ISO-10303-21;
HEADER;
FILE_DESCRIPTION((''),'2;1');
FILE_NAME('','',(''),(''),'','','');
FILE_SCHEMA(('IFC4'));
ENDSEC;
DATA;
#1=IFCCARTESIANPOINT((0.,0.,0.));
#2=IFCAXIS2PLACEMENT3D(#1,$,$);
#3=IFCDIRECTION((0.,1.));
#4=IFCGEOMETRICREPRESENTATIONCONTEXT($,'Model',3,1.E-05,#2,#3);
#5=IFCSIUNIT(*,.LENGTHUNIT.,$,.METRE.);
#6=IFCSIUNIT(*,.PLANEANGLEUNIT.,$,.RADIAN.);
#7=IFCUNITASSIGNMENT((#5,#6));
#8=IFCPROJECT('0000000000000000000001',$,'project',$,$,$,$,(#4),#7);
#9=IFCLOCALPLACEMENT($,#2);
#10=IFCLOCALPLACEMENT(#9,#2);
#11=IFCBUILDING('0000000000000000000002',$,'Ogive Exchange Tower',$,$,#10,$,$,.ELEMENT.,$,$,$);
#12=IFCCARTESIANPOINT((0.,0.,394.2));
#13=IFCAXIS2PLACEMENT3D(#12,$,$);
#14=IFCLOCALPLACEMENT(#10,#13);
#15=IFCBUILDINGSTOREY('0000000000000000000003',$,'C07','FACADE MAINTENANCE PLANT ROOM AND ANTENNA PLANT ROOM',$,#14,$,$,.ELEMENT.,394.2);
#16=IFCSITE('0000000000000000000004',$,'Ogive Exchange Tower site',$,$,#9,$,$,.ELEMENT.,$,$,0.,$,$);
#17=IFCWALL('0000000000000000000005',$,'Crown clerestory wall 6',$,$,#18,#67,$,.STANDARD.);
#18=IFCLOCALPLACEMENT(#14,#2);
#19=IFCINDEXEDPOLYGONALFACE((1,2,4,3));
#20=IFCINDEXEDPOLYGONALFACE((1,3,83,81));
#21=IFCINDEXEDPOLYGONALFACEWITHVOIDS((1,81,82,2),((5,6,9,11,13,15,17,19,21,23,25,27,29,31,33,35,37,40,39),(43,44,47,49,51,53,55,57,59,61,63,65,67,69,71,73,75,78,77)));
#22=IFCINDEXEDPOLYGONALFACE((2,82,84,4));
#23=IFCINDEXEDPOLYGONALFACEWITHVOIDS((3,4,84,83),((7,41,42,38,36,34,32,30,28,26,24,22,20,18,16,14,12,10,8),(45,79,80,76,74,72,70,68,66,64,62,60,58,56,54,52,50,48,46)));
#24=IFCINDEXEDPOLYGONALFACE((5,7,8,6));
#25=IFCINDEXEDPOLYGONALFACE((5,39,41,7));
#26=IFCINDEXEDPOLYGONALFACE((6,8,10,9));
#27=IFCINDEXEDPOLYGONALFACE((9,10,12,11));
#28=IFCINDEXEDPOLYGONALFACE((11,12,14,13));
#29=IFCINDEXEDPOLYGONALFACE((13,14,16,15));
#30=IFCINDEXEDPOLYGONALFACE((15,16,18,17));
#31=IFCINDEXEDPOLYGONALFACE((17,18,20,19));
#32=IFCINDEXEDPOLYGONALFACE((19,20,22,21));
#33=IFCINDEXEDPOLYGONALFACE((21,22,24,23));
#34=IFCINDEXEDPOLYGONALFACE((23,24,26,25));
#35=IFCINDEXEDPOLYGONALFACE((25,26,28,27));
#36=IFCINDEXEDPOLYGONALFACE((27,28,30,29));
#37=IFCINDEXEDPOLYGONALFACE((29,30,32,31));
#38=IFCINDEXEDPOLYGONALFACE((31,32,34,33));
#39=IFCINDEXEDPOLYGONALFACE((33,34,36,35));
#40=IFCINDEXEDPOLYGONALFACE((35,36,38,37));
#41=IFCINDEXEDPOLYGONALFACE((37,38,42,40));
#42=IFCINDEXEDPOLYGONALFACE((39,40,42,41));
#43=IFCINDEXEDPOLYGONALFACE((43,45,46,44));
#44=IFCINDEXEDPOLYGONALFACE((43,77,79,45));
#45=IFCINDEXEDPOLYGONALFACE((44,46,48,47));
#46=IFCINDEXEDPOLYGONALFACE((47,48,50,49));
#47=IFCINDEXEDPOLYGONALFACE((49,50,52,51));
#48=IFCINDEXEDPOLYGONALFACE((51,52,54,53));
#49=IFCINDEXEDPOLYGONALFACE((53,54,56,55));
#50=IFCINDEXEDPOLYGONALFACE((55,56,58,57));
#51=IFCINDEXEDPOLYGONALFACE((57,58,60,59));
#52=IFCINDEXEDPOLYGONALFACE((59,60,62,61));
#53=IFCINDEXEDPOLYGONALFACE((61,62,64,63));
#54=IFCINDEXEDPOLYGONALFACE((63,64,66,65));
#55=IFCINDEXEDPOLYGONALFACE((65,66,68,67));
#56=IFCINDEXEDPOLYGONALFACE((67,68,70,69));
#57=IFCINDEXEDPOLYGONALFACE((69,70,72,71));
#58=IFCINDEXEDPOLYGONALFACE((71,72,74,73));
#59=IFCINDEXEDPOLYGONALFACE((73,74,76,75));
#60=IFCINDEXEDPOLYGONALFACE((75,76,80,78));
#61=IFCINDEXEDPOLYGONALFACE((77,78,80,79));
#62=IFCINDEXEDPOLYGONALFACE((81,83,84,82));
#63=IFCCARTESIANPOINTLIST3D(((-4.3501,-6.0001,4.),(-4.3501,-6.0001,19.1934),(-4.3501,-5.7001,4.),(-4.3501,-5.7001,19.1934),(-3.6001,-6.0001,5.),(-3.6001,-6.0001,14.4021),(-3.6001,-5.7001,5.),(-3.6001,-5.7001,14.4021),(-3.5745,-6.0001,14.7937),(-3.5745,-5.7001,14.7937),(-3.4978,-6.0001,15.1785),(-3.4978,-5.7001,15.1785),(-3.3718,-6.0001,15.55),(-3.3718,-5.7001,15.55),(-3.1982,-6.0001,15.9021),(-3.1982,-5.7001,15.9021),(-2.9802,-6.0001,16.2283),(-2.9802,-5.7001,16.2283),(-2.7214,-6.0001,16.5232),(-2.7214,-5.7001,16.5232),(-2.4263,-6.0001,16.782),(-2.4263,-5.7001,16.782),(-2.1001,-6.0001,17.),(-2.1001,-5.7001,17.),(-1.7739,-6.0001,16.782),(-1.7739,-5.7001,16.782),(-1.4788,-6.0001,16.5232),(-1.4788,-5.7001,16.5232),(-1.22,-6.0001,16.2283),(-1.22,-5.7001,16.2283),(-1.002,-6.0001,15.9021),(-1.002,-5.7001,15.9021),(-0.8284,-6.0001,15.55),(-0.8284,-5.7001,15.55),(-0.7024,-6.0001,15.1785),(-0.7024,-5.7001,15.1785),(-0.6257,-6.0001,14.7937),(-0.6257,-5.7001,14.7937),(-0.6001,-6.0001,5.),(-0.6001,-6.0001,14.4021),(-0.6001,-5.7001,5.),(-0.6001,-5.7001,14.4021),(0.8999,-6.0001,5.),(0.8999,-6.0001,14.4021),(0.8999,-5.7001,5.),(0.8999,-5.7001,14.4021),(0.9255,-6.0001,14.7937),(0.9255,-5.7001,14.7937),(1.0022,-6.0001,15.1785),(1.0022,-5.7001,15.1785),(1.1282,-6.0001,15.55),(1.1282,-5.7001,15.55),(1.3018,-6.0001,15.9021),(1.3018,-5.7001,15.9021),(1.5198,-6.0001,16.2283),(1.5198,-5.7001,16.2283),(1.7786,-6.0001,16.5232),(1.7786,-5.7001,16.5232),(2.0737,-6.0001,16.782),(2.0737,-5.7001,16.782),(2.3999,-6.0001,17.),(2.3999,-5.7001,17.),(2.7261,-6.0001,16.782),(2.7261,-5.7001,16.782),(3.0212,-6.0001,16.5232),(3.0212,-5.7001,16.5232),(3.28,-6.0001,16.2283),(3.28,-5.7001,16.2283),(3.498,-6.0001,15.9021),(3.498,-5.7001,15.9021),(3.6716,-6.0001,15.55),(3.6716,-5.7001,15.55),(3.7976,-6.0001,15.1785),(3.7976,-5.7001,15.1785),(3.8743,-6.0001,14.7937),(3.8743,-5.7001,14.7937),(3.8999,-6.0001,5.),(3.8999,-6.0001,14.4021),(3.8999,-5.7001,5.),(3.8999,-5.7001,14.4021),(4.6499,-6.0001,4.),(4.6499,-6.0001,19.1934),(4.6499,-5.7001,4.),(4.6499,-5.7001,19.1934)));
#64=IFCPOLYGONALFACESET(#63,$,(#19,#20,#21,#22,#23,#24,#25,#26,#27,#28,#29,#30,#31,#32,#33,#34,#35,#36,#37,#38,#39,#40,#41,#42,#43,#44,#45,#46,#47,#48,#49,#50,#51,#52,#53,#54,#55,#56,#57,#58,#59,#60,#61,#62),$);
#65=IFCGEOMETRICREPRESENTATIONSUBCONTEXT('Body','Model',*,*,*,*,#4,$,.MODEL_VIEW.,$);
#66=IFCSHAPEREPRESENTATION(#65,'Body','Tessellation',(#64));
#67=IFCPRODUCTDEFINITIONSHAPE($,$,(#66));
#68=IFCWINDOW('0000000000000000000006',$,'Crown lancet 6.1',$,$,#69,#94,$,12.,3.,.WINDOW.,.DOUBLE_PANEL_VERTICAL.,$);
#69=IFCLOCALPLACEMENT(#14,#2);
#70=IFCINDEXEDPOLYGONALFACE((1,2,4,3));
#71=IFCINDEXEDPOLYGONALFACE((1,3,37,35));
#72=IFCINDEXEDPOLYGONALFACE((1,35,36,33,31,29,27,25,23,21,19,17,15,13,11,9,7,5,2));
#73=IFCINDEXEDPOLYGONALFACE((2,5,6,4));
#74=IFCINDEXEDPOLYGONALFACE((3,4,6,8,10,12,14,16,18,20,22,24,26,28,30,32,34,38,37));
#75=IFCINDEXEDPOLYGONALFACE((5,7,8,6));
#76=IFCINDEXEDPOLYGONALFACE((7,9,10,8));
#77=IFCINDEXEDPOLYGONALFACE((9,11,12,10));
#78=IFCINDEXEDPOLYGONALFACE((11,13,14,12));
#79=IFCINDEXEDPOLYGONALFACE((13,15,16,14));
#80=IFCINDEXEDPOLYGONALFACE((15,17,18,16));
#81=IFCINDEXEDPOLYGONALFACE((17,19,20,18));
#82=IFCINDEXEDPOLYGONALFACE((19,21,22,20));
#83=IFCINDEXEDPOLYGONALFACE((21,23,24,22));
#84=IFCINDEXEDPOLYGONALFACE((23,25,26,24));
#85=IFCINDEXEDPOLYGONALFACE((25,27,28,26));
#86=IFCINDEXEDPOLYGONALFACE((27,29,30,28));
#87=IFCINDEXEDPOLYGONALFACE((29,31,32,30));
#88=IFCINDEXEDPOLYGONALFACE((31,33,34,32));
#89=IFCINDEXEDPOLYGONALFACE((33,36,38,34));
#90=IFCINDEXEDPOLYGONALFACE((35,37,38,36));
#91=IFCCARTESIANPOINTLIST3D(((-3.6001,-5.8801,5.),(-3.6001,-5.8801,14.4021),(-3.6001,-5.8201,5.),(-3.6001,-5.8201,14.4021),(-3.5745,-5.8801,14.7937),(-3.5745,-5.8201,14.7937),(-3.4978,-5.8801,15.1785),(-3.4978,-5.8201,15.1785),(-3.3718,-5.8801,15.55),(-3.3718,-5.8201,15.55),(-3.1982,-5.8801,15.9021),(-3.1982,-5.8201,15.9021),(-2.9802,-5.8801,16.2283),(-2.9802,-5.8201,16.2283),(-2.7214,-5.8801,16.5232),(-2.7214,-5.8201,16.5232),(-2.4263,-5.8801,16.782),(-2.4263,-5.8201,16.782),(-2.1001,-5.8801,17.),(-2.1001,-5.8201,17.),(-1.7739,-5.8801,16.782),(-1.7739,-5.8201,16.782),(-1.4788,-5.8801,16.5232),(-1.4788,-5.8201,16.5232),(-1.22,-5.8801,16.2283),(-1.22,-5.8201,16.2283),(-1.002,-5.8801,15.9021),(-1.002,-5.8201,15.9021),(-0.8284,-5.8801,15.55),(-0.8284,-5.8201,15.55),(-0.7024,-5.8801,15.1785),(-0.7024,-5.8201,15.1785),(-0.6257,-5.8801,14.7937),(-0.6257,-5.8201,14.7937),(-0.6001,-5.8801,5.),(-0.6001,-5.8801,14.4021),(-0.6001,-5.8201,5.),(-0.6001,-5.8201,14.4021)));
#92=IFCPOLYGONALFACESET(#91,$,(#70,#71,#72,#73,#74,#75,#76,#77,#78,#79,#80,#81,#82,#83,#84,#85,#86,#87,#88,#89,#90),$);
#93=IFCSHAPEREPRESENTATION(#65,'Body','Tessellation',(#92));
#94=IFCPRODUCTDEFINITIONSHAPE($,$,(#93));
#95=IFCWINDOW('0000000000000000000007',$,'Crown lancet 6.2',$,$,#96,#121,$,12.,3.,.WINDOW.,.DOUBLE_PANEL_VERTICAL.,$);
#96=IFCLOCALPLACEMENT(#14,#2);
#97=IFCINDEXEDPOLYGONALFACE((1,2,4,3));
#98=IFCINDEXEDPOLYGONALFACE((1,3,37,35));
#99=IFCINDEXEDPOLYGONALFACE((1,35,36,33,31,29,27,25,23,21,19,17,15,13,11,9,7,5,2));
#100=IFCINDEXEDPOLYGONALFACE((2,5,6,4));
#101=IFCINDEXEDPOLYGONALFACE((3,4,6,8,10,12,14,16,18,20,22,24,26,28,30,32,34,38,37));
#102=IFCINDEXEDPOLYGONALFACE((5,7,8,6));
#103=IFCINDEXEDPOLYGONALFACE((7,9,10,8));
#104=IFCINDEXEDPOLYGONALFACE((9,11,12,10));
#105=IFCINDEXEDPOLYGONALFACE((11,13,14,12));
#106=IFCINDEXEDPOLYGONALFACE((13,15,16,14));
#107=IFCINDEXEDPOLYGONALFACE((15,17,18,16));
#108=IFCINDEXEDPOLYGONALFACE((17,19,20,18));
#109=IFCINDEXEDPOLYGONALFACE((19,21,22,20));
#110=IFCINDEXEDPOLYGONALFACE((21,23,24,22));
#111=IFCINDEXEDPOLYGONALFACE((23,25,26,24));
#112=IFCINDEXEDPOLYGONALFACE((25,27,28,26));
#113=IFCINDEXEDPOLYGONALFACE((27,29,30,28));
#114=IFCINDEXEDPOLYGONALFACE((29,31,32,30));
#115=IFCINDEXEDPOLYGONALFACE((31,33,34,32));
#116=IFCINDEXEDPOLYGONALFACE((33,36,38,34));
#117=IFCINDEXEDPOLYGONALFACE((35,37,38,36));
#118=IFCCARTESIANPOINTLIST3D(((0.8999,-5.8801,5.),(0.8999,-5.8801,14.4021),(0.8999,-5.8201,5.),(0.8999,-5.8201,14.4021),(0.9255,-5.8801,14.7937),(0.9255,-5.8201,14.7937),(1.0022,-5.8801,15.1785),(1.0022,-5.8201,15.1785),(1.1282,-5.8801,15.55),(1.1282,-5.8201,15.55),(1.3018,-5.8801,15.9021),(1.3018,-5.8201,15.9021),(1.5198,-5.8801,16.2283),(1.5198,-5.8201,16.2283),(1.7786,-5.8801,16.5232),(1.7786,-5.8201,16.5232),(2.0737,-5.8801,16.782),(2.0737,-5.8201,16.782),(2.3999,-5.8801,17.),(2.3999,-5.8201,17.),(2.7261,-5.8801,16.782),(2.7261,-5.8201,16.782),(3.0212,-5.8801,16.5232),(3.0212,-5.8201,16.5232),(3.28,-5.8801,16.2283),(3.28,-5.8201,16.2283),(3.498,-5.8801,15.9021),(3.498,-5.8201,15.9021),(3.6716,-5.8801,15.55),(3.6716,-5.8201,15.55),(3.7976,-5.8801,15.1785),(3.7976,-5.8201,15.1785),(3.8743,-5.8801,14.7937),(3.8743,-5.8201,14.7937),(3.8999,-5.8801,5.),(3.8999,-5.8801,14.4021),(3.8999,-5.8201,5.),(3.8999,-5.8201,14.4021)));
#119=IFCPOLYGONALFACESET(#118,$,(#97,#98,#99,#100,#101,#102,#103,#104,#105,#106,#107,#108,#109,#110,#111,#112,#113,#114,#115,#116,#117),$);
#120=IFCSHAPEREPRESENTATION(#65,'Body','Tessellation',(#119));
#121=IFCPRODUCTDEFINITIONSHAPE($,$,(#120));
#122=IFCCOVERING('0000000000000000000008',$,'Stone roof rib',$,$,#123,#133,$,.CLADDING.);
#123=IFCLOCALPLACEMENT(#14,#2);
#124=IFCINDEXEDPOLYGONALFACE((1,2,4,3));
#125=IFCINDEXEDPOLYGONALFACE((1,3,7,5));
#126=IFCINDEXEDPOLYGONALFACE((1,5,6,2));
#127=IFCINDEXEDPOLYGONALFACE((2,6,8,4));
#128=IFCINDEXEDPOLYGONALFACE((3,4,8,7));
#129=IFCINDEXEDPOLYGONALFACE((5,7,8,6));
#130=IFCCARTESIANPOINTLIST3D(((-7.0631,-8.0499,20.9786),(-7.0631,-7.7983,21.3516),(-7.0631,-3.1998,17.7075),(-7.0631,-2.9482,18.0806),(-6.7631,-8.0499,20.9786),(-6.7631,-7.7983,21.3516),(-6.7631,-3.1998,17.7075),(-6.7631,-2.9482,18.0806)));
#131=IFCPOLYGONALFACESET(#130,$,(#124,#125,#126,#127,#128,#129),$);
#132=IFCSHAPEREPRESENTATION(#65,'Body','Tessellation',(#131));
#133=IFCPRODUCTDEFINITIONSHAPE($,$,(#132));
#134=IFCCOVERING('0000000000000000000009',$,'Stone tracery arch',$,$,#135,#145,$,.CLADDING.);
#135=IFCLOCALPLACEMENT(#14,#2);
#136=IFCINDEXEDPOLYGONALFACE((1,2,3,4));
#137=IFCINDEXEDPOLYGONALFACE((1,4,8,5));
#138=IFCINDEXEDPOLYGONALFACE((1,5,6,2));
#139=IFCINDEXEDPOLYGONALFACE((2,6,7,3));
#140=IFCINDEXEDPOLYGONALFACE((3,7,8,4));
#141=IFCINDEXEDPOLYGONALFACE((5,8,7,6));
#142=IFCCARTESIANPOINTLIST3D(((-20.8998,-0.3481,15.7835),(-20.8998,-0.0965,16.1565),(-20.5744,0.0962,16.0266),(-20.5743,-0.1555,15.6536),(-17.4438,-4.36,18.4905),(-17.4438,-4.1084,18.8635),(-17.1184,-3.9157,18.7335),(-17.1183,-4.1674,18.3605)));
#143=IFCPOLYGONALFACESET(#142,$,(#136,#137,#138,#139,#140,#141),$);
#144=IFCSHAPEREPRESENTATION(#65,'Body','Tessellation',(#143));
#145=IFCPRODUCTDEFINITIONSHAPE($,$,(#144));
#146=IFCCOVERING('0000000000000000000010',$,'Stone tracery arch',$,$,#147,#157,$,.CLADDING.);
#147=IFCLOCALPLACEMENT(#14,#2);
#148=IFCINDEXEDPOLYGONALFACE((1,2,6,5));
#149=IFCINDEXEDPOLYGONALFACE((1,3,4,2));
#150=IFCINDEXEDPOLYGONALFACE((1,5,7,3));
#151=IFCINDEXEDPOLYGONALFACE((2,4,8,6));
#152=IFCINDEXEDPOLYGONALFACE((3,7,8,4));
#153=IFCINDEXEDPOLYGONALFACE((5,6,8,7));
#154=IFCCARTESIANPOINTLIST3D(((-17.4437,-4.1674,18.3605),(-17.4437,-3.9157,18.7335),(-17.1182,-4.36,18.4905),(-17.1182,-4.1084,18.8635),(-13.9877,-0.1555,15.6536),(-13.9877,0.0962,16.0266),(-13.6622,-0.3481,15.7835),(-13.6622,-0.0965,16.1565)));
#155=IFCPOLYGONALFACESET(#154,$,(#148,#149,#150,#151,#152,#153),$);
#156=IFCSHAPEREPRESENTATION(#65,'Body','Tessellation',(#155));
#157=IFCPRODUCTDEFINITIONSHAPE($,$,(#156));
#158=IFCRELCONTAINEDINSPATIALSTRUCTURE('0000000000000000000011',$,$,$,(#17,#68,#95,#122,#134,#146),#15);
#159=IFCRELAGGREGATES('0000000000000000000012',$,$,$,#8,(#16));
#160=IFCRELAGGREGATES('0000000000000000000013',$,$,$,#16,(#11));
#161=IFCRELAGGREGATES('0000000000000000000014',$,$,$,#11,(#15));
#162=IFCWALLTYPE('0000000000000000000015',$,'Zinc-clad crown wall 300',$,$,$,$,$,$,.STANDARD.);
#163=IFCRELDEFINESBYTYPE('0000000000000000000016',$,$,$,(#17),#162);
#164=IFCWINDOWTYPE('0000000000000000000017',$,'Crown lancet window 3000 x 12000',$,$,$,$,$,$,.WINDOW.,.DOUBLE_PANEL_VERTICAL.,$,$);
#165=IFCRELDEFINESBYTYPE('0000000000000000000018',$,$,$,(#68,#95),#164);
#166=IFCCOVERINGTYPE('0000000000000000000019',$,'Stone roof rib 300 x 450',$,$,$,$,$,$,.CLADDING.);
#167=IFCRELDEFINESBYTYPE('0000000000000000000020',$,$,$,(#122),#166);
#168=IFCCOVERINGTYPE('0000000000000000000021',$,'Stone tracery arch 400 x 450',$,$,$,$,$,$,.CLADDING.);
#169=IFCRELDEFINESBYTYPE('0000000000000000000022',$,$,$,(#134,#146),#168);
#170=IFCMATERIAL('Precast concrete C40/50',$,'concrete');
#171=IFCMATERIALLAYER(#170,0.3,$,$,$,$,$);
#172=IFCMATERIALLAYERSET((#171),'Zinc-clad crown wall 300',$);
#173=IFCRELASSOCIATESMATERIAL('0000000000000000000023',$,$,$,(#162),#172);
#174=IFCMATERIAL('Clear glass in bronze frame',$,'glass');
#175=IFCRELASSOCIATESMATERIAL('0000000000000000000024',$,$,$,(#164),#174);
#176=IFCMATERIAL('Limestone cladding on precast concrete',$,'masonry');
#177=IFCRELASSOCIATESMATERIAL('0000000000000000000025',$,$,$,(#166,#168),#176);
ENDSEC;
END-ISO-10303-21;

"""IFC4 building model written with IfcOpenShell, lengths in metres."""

from ifc_helpers import new_model, si_unit, direction, frame, frame_2d, origin, origin_2d, place, context, subcontext, project, spatial, polyline, rectangle, outline, extrude, material, layer, layer_set, material_profile, profile_set, type_object, element, fill, save


model = new_model("IFC4")

# Units and contexts
model_context = context("Model", 3, precision=1e-05, world=origin(), true_north=direction((0.0, 1.0)))
body_context = subcontext(model_context, "Body", "Model", "MODEL_VIEW")
ifc_project = project(units=[si_unit("LENGTHUNIT", "METRE"), si_unit("PLANEANGLEUNIT", "RADIAN")], contexts=[model_context])

# Site, building, storey
site_placement = place(None, origin())
site = spatial("IfcSite", under=ifc_project, at=site_placement, Name="Ogive Exchange Tower site", CompositionType="ELEMENT", RefElevation=0.0)
building_placement = place(site_placement, origin())
building = spatial("IfcBuilding", under=site, at=building_placement, Name="Ogive Exchange Tower", CompositionType="ELEMENT")
storey_placement = place(building_placement, frame((0.0, 0.0, 394.2)))
storey = spatial("IfcBuildingStorey", under=building, at=storey_placement, Name="C07", Description="FACADE MAINTENANCE PLANT ROOM AND ANTENNA PLANT ROOM", CompositionType="ELEMENT", Elevation=394.2)

# Shared definitions
ifc_material_1 = material(Name="Precast concrete C40/50", Category="concrete")

# Wall, openings, windows
ifc_layer_1 = layer(ifc_material_1, 0.3)
ifc_layer_set_1 = layer_set([ifc_layer_1], Name="Zinc-clad crown wall 300")
wall_type = type_object("IfcWallType", Name="Zinc-clad crown wall 300", PredefinedType="STANDARD", material=ifc_layer_set_1)
ifc_material_2 = material(Name="Clear glass in bronze frame", Category="glass")
window_type_1 = type_object("IfcWindowType", Name="Crown lancet window 3000 x 12000", PartitioningType="DOUBLE_PANEL_VERTICAL", PredefinedType="WINDOW", material=ifc_material_2)
wall_1_placement = place(storey_placement, frame((-4.3501, -5.8501, 4.0), z_axis=(0.0, 0.0, 1.0), x_axis=(1.0, 0.0, 0.0)))
wall_1 = element("IfcWall", 1, at=wall_1_placement, inside=storey, type_object=wall_type, Name="Crown clerestory wall 6", PredefinedType="STANDARD", context=body_context, shape_type="SweptSolid", body=[
    extrude(rectangle(XDim=9.0, YDim=0.3, at=frame_2d((4.5, 0.0))), origin(), (0.0, 0.0, 1.0), 15.1934),
])
opening_1_placement = place(wall_1_placement, frame((0.75, 0.0, 1.0)))
opening_1 = element("IfcOpeningElement", 2, at=opening_1_placement, cuts=wall_1, PredefinedType="OPENING", context=body_context, shape_type="SweptSolid", body=[
    extrude(outline(polyline([(0.0, 0.0), (3.0, 0.0), (3.0, 9.4021), (2.9744, 9.7937), (2.8977, 10.1785), (2.7717, 10.55), (2.5981, 10.9021), (2.3801, 11.2283), (2.1213, 11.5232), (1.8262, 11.782), (1.5, 12.0), (1.1738, 11.782), (0.8787, 11.5232), (0.6199, 11.2283), (0.4019, 10.9021), (0.2283, 10.55), (0.1023, 10.1785), (0.0256, 9.7937), (0.0, 9.4021), (0.0, 0.0)])), frame((0.0, 0.1599, 0.0), z_axis=(0.0, -1.0, 0.0), x_axis=(1.0, 0.0, 0.0)), (0.0, 0.0, 1.0), 0.3201),
])
opening_2_placement = place(wall_1_placement, frame((5.25, 0.0, 1.0)))
opening_2 = element("IfcOpeningElement", 3, at=opening_2_placement, cuts=wall_1, PredefinedType="OPENING", context=body_context, shape_type="SweptSolid", body=[
    extrude(outline(polyline([(0.0, 0.0), (3.0, 0.0), (3.0, 9.4021), (2.9744, 9.7937), (2.8977, 10.1785), (2.7717, 10.55), (2.5981, 10.9021), (2.3801, 11.2283), (2.1213, 11.5232), (1.8262, 11.782), (1.5, 12.0), (1.1738, 11.782), (0.8787, 11.5232), (0.6199, 11.2283), (0.4019, 10.9021), (0.2283, 10.55), (0.1023, 10.1785), (0.0256, 9.7937), (0.0, 9.4021), (0.0, 0.0)])), frame((0.0, 0.1599, 0.0), z_axis=(0.0, -1.0, 0.0), x_axis=(1.0, 0.0, 0.0)), (0.0, 0.0, 1.0), 0.3201),
])
window_1_placement = place(opening_1_placement, origin())
window_1 = element("IfcWindow", 4, at=window_1_placement, inside=storey, type_object=window_type_1, Name="Crown lancet 6.1", OverallHeight=12.0, OverallWidth=3.0, PartitioningType="DOUBLE_PANEL_VERTICAL", PredefinedType="WINDOW", context=body_context, shape_type="SweptSolid", body=[
    extrude(outline(polyline([(0.0, 0.0), (3.0, 0.0), (3.0, 9.4021), (2.9744, 9.7937), (2.8977, 10.1785), (2.7717, 10.55), (2.5981, 10.9021), (2.3801, 11.2283), (2.1213, 11.5232), (1.8262, 11.782), (1.5, 12.0), (1.1738, 11.782), (0.8787, 11.5232), (0.6199, 11.2283), (0.4019, 10.9021), (0.2283, 10.55), (0.1023, 10.1785), (0.0256, 9.7937), (0.0, 9.4021), (0.0, 0.0)])), frame((0.0, 0.03, 0.0), z_axis=(0.0, -1.0, 0.0), x_axis=(1.0, 0.0, 0.0)), (0.0, 0.0, 1.0), 0.0601),
])
fill(opening_1, window_1)
window_2_placement = place(opening_2_placement, origin())
window_2 = element("IfcWindow", 5, at=window_2_placement, inside=storey, type_object=window_type_1, Name="Crown lancet 6.2", OverallHeight=12.0, OverallWidth=3.0, PartitioningType="DOUBLE_PANEL_VERTICAL", PredefinedType="WINDOW", context=body_context, shape_type="SweptSolid", body=[
    extrude(outline(polyline([(0.0, 0.0), (3.0, 0.0), (3.0, 9.4021), (2.9744, 9.7937), (2.8977, 10.1785), (2.7717, 10.55), (2.5981, 10.9021), (2.3801, 11.2283), (2.1213, 11.5232), (1.8262, 11.782), (1.5, 12.0), (1.1738, 11.782), (0.8787, 11.5232), (0.6199, 11.2283), (0.4019, 10.9021), (0.2283, 10.55), (0.1023, 10.1785), (0.0256, 9.7937), (0.0, 9.4021), (0.0, 0.0)])), frame((0.0, 0.03, 0.0), z_axis=(0.0, -1.0, 0.0), x_axis=(1.0, 0.0, 0.0)), (0.0, 0.0, 1.0), 0.0601),
])
fill(opening_2, window_2)

# Coverings
ifc_material_3 = material(Name="Limestone cladding on precast concrete", Category="masonry")
ifc_material_profile_1 = material_profile(ifc_material_3, rectangle(XDim=0.3, YDim=0.45, at=origin_2d()), Name="RIB 300 x 450")
ifc_profile_set_1 = profile_set([ifc_material_profile_1], Name="Limestone cladding on precast concrete")
covering_type_1 = type_object("IfcCoveringType", Name="Stone roof rib 300 x 450", PredefinedType="CLADDING", material=ifc_profile_set_1)
covering_placement = place(storey_placement, frame((-6.9131, -3.074, 17.894), z_axis=(0.0, -0.829072, 0.559142), x_axis=(1.0, 0.0, 0.0)))
element("IfcCovering", 6, at=covering_placement, inside=storey, type_object=covering_type_1, Name="Stone roof rib", PredefinedType="CLADDING", context=body_context, shape_type="SweptSolid", body=[
    extrude(rectangle(XDim=0.3, YDim=0.45, at=origin_2d()), origin(), (0.0, 0.0, 1.0), 5.8501),
])
ifc_material_profile_2 = material_profile(ifc_material_3, rectangle(XDim=0.3999, YDim=0.45, at=origin_2d()), Name="TRACERY 400 x 450")
ifc_profile_set_2 = profile_set([ifc_material_profile_2], Name="Limestone cladding on precast concrete")
covering_type_2 = type_object("IfcCoveringType", Name="Stone tracery arch 400 x 450", PredefinedType="CLADDING", material=ifc_profile_set_2)
for number, where, z_axis, x_axis, name in (
    (7, (-20.7371, -0.126, 15.905), (0.581131, -0.674607, 0.455184), (0.81381, 0.481784, -0.324958), "Stone tracery arch"),
    (8, (-13.825, -0.126, 15.905), (-0.581131, -0.674607, 0.455184), (0.81381, -0.481784, 0.324958), "Stone tracery arch"),
):
    element("IfcCovering", number, at=place(storey_placement, frame(where, z_axis=z_axis, x_axis=x_axis)), inside=storey, type_object=covering_type_2, Name=name, PredefinedType="CLADDING", context=body_context, shape_type="SweptSolid", body=[
        extrude(rectangle(XDim=0.3999, YDim=0.45, at=origin_2d()), origin(), (0.0, 0.0, 1.0), 5.947),
    ])

save(model, "model.ifc")
